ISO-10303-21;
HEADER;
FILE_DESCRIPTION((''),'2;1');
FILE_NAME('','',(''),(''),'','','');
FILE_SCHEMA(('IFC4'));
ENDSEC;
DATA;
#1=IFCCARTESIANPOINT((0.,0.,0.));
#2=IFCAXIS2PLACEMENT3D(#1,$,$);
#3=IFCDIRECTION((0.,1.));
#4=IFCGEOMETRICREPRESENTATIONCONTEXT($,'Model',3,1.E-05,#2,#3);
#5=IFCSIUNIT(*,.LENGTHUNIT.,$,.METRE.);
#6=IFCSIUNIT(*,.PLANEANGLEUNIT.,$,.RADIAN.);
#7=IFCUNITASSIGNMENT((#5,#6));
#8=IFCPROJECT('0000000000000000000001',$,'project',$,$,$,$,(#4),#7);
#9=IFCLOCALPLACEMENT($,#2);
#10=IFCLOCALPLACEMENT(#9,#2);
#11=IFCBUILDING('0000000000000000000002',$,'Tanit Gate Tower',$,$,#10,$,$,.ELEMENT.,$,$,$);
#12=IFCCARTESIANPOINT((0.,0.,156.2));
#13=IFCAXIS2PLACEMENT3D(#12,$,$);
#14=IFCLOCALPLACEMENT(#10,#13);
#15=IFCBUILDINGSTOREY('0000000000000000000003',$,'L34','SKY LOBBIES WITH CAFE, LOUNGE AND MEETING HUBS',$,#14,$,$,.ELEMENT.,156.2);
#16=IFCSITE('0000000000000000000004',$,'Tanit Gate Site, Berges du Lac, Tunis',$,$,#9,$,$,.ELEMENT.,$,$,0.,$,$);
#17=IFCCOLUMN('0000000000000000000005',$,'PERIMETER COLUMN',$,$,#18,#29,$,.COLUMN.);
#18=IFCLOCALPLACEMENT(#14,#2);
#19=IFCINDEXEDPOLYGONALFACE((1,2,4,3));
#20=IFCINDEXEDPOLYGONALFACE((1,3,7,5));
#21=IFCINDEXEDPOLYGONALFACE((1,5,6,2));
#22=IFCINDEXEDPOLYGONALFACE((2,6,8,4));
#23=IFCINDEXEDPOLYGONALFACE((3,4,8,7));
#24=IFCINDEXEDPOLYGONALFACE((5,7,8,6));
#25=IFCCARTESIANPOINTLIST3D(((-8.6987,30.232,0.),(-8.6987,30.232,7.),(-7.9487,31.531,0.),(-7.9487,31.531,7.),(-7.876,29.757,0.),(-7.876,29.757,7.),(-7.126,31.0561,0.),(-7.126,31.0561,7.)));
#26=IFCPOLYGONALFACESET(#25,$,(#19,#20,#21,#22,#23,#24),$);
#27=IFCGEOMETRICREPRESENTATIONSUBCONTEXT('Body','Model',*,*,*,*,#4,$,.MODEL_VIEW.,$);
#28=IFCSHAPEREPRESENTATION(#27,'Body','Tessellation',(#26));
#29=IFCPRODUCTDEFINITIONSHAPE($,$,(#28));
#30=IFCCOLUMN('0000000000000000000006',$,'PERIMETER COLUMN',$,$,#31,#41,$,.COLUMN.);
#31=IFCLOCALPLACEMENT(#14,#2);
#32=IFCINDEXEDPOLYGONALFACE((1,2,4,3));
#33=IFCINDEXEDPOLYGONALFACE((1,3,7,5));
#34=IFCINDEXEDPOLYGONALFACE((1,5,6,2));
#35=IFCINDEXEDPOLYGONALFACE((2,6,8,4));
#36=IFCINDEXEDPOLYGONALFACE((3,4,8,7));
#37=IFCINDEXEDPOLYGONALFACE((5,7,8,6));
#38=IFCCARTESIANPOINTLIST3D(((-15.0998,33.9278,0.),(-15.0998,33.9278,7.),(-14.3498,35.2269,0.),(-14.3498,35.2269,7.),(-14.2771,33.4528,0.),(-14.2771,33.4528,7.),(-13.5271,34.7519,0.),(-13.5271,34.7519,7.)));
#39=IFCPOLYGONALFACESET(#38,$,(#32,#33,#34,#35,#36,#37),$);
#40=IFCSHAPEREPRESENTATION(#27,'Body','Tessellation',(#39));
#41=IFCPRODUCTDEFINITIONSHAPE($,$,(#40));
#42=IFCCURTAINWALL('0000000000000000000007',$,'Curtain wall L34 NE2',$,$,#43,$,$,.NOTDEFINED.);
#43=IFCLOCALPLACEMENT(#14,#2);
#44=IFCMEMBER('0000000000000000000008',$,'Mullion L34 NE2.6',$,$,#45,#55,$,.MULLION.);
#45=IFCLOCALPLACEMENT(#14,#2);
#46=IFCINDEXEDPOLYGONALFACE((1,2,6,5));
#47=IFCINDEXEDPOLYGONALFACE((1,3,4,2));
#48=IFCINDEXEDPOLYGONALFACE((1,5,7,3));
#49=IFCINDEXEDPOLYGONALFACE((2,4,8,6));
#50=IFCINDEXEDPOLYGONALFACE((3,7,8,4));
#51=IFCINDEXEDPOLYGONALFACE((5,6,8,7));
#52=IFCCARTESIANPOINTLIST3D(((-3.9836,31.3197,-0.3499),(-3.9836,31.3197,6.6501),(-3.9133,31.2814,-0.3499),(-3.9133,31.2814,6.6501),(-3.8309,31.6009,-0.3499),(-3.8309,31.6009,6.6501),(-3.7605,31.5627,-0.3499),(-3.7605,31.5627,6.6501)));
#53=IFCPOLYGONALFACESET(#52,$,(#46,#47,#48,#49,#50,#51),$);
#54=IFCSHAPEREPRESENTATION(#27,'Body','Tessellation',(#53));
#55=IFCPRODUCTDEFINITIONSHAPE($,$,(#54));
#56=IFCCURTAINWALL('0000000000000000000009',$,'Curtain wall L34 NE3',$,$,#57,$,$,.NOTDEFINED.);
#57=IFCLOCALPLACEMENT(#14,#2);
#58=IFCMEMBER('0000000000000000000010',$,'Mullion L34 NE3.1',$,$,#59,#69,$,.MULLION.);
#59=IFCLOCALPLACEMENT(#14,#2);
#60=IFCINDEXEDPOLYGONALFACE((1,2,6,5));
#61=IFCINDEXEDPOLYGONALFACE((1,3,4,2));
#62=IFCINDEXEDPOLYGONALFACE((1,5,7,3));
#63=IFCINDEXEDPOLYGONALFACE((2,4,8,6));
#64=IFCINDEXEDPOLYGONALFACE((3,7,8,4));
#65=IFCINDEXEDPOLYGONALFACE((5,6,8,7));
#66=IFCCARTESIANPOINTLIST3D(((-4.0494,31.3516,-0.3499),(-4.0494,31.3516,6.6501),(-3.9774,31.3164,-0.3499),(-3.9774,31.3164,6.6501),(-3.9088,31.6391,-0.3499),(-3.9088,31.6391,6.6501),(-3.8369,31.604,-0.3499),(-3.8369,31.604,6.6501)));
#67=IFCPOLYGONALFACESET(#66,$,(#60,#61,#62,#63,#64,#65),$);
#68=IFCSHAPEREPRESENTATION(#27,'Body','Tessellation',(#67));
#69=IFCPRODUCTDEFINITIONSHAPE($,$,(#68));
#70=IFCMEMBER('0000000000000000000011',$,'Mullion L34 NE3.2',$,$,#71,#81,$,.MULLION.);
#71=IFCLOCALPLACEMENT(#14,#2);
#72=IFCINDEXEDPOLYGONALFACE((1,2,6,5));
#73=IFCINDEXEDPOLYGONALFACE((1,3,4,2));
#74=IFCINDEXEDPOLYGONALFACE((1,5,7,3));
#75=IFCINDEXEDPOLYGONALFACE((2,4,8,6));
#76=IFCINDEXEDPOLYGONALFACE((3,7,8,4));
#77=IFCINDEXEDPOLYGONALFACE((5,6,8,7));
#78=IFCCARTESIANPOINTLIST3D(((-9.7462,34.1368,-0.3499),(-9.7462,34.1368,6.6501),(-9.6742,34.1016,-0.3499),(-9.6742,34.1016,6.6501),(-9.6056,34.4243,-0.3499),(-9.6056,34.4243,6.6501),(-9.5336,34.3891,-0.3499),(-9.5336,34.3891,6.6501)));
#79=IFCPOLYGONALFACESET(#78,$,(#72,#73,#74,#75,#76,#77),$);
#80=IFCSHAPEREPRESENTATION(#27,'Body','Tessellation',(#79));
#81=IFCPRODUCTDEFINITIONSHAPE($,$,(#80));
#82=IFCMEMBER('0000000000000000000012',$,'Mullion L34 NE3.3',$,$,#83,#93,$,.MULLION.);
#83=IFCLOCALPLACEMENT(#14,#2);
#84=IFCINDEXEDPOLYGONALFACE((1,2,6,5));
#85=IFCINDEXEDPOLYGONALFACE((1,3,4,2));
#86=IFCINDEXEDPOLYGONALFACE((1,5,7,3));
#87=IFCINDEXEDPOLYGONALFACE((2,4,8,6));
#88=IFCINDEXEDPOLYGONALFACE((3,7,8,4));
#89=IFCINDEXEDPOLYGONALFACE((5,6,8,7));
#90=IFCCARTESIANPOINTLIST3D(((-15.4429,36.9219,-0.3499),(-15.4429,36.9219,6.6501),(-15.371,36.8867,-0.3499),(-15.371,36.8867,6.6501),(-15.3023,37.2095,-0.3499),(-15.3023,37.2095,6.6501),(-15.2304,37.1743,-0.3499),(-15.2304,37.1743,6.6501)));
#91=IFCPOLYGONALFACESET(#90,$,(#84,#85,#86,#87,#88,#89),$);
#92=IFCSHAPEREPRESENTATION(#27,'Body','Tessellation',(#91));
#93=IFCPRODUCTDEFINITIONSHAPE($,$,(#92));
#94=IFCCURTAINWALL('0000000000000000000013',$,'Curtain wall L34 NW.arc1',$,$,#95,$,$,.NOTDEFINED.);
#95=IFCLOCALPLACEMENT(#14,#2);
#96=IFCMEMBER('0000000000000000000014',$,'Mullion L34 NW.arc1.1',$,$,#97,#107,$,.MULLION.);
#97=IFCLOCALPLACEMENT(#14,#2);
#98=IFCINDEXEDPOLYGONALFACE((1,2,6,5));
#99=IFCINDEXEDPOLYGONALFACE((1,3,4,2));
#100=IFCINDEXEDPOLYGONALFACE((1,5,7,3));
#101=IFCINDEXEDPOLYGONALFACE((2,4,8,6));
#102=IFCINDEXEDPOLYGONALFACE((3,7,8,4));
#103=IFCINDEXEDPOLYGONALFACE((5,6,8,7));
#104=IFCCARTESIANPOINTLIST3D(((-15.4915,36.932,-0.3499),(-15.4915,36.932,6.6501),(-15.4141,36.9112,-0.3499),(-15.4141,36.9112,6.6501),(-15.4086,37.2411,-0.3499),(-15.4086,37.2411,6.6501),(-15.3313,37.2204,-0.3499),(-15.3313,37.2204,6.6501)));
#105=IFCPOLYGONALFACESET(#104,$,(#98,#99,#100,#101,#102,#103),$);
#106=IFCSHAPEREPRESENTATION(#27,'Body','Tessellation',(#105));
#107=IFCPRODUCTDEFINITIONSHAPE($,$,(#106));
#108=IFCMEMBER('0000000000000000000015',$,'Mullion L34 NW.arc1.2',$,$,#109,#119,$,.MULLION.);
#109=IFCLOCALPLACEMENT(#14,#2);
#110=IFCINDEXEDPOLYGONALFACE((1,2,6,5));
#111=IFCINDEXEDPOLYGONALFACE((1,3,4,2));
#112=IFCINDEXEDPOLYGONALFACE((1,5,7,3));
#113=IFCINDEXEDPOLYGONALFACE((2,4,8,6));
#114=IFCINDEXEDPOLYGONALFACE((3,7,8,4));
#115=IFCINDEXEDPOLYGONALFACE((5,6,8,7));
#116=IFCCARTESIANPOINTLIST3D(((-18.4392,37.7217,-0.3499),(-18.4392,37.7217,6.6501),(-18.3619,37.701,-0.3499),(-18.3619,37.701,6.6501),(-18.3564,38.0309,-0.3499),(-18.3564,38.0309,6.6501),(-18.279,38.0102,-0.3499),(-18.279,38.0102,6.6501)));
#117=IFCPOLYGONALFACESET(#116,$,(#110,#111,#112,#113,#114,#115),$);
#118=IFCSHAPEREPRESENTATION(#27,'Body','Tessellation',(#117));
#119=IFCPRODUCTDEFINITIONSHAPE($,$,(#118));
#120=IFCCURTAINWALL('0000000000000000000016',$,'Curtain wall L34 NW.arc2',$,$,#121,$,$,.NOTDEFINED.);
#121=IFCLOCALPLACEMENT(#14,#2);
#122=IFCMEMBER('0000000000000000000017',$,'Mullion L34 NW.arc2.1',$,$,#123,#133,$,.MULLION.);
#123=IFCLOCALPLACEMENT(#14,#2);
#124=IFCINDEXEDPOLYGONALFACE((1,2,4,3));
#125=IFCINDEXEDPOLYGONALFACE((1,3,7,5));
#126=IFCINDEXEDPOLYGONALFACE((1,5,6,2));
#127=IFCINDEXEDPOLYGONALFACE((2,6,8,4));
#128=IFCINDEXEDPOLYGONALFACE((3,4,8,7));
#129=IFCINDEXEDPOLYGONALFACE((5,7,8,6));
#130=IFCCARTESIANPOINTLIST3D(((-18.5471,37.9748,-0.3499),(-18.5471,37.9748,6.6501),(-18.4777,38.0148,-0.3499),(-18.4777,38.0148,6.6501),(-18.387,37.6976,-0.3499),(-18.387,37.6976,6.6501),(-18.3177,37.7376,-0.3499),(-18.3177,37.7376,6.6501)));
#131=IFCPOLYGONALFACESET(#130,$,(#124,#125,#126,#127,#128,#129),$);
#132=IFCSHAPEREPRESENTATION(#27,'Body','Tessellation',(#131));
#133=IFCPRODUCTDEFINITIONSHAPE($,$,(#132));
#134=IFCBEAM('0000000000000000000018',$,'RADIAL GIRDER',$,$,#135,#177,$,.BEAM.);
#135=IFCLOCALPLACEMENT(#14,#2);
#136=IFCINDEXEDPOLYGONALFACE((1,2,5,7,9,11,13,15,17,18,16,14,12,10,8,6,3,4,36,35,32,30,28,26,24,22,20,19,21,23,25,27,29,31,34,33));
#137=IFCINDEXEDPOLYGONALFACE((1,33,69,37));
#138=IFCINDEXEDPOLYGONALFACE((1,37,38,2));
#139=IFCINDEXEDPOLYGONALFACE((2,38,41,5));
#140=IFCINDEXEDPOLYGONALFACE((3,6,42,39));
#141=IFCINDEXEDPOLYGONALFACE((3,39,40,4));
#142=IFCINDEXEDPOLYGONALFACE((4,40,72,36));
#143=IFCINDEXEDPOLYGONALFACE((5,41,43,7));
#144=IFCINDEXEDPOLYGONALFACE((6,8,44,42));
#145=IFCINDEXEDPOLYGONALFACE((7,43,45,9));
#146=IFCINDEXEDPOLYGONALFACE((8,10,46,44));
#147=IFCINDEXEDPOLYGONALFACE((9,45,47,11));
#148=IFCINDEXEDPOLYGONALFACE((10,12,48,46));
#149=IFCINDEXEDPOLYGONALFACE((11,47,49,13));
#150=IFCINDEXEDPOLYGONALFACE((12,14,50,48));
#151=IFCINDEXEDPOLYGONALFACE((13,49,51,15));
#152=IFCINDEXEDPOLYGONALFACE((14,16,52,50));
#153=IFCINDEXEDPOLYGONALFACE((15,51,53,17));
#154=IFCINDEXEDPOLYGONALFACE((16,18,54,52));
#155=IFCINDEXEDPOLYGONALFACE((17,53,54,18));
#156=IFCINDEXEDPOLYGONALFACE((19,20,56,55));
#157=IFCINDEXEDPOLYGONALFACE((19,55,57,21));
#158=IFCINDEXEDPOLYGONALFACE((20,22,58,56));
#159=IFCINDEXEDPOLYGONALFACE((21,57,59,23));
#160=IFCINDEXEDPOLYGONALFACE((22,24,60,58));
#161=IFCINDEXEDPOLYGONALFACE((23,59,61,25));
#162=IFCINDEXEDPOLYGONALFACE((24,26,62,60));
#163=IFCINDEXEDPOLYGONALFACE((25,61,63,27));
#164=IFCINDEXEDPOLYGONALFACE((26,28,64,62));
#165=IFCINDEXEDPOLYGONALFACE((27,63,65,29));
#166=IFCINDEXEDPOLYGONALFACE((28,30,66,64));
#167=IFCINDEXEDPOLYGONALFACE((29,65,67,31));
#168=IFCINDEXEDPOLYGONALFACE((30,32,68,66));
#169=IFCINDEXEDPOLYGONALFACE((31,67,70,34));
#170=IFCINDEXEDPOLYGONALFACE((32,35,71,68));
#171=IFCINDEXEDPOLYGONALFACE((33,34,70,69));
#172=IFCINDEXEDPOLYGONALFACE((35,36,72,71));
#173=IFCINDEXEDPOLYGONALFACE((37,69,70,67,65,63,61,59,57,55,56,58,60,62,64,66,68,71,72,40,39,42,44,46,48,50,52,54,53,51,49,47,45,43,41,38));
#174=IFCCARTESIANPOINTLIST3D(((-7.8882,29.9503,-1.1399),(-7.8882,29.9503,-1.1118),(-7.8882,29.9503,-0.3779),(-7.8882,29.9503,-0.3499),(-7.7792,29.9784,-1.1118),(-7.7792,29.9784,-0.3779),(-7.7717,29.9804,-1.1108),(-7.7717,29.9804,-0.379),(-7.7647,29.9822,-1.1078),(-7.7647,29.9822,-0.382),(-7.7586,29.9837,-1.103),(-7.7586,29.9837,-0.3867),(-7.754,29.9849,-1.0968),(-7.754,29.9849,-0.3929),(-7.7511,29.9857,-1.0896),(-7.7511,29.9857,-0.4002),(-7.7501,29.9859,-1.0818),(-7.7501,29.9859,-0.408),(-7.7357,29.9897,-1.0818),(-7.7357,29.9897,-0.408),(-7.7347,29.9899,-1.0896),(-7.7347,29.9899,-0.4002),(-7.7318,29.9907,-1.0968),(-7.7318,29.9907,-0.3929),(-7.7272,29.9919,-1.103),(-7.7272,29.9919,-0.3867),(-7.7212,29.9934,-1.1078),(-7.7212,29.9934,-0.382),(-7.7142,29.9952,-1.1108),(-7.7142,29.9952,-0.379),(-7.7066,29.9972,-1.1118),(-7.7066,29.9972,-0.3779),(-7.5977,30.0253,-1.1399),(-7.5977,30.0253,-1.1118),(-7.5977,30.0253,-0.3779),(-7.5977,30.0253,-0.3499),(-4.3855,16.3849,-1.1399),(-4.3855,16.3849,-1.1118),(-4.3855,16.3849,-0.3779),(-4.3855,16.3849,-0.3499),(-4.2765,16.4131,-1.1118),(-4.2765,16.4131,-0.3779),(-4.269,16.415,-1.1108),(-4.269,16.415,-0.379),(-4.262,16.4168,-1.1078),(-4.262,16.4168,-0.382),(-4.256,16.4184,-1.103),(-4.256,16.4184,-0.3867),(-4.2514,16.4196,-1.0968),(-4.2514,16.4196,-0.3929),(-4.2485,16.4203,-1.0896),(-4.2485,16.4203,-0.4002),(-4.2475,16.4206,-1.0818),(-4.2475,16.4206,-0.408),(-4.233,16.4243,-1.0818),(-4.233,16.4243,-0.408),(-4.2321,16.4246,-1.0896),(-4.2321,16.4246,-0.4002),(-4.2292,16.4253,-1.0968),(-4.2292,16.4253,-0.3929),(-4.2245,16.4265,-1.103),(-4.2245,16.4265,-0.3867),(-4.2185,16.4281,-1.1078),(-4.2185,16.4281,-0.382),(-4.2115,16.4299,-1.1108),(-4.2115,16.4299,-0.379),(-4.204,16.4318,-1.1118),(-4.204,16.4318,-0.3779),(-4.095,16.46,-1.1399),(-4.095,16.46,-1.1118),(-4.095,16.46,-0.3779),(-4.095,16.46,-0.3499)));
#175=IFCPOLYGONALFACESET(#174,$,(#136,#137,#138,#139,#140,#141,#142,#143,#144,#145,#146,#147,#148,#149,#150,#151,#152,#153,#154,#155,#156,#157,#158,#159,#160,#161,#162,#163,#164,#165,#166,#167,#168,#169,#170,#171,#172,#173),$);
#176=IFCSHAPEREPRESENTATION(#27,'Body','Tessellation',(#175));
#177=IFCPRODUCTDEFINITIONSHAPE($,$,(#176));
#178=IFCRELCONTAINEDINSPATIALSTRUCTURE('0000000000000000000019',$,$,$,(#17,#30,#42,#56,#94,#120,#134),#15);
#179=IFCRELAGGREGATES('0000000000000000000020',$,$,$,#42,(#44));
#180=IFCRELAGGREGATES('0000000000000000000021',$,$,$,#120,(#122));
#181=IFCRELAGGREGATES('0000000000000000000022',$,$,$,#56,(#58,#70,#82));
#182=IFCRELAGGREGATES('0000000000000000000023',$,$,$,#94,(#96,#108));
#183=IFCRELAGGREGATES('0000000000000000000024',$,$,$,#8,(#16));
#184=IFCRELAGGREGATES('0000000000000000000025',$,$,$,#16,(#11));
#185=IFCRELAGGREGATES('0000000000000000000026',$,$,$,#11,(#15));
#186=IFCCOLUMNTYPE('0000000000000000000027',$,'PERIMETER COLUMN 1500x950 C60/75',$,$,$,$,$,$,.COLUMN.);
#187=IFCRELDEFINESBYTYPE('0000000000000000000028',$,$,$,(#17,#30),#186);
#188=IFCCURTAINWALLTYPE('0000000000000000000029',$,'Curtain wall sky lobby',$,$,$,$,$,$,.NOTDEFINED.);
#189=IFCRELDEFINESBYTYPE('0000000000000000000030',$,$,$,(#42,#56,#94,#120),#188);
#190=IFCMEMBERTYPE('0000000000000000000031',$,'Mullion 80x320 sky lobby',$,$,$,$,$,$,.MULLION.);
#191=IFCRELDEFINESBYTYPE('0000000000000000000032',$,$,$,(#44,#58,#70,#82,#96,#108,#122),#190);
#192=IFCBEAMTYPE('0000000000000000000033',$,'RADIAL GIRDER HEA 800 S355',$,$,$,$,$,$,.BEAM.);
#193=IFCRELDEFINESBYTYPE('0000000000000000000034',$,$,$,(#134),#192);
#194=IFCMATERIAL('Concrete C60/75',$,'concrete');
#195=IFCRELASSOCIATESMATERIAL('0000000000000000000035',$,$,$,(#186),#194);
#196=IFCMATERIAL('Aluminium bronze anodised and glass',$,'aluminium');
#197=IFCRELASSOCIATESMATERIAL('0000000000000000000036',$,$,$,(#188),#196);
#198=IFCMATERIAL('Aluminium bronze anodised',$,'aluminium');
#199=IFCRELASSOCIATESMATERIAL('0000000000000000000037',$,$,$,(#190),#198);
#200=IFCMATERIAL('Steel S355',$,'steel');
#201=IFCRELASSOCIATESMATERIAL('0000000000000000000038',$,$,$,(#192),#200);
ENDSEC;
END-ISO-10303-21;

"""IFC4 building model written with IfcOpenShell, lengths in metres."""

from ifc_helpers import new_model, si_unit, direction, frame, origin, origin_2d, place, context, subcontext, project, spatial, rectangle, i_section, extrude, material, material_profile, profile_set, type_object, element, aggregate, save


model = new_model("IFC4")

# Units and contexts
model_context = context("Model", 3, precision=1e-05, world=origin(), true_north=direction((0.0, 1.0)))
body_context = subcontext(model_context, "Body", "Model", "MODEL_VIEW")
ifc_project = project(units=[si_unit("LENGTHUNIT", "METRE"), si_unit("PLANEANGLEUNIT", "RADIAN")], contexts=[model_context])

# Site, building, storey
site_placement = place(None, origin())
site = spatial("IfcSite", under=ifc_project, at=site_placement, Name="Tanit Gate Site, Berges du Lac, Tunis", CompositionType="ELEMENT", RefElevation=0.0)
building_placement = place(site_placement, origin())
building = spatial("IfcBuilding", under=site, at=building_placement, Name="Tanit Gate Tower", CompositionType="ELEMENT")
storey_placement = place(building_placement, frame((0.0, 0.0, 156.2)))
storey = spatial("IfcBuildingStorey", under=building, at=storey_placement, Name="L34", Description="SKY LOBBIES WITH CAFE, LOUNGE AND MEETING HUBS", CompositionType="ELEMENT", Elevation=156.2)

# Columns
ifc_material_1 = material(Name="Concrete C60/75", Category="concrete")
ifc_material_profile_1 = material_profile(ifc_material_1, rectangle(XDim=1.5, YDim=0.95, at=origin_2d()), Name="RC 1500x950")
ifc_profile_set_1 = profile_set([ifc_material_profile_1], Name="Concrete C60/75")
column_type = type_object("IfcColumnType", Name="PERIMETER COLUMN 1500x950 C60/75", PredefinedType="COLUMN", material=ifc_profile_set_1)
for number, where, z_axis, x_axis, name in (
    (1, (-7.9124, 30.644, 0.0), (0.0, 0.0, 1.0), (0.5, 0.866025, 0.0), "PERIMETER COLUMN"),
    (2, (-14.3135, 34.3398, 0.0), (0.0, 0.0, 1.0), (0.5, 0.866025, 0.0), "PERIMETER COLUMN"),
):
    element("IfcColumn", number, at=place(storey_placement, frame(where, z_axis=z_axis, x_axis=x_axis)), inside=storey, type_object=column_type, Name=name, PredefinedType="COLUMN", context=body_context, shape_type="SweptSolid", body=[
        extrude(rectangle(XDim=1.5, YDim=0.95, at=origin_2d()), origin(), (0.0, 0.0, 1.0), 7.0),
    ])

# Curtain wall, member
ifc_material_2 = material(Name="Aluminium bronze anodised and glass", Category="aluminium")
curtain_wall_type = type_object("IfcCurtainWallType", Name="Curtain wall sky lobby", PredefinedType="NOTDEFINED", material=ifc_material_2)
curtain_wall_1_placement = place(storey_placement, origin())
curtain_wall_1 = element("IfcCurtainWall", 3, at=curtain_wall_1_placement, inside=storey, type_object=curtain_wall_type, Name="Curtain wall L34 NE2", PredefinedType="NOTDEFINED")
ifc_material_3 = material(Name="Aluminium bronze anodised", Category="aluminium")
ifc_material_profile_2 = material_profile(ifc_material_3, rectangle(XDim=0.3201, YDim=0.0801, at=origin_2d()), Name="80x320 bronze mullion")
ifc_profile_set_2 = profile_set([ifc_material_profile_2], Name="Aluminium bronze anodised")
member_type_1 = type_object("IfcMemberType", Name="Mullion 80x320 sky lobby", PredefinedType="MULLION", material=ifc_profile_set_2)
member_1_placement = place(storey_placement, frame((-3.8721, 31.4412, -0.3499), z_axis=(0.0, 0.0, 1.0), x_axis=(-0.477381, -0.878696, 0.0)))
member_1 = element("IfcMember", 4, at=member_1_placement, type_object=member_type_1, Name="Mullion L34 NE2.6", PredefinedType="MULLION", context=body_context, shape_type="SweptSolid", body=[
    extrude(rectangle(XDim=0.3201, YDim=0.0801, at=origin_2d()), origin(), (0.0, 0.0, 1.0), 7.0),
])
aggregate(curtain_wall_1, [member_1])

# Curtain walls, members
curtain_wall_2_placement = place(storey_placement, origin())
curtain_wall_2 = element("IfcCurtainWall", 5, at=curtain_wall_2_placement, inside=storey, type_object=curtain_wall_type, Name="Curtain wall L34 NE3", PredefinedType="NOTDEFINED")
member_2_placement = place(storey_placement, frame((-3.9431, 31.4778, -0.3499), z_axis=(0.0, 0.0, 1.0), x_axis=(-0.439222, -0.898379, 0.0)))
member_2 = element("IfcMember", 6, at=member_2_placement, type_object=member_type_1, Name="Mullion L34 NE3.1", PredefinedType="MULLION", context=body_context, shape_type="SweptSolid", body=[
    extrude(rectangle(XDim=0.3201, YDim=0.0801, at=origin_2d()), origin(), (0.0, 0.0, 1.0), 7.0),
])
member_3_placement = place(storey_placement, frame((-9.6399, 34.2629, -0.3499), z_axis=(0.0, 0.0, 1.0), x_axis=(-0.439222, -0.898379, 0.0)))
member_3 = element("IfcMember", 7, at=member_3_placement, type_object=member_type_1, Name="Mullion L34 NE3.2", PredefinedType="MULLION", context=body_context, shape_type="SweptSolid", body=[
    extrude(rectangle(XDim=0.3201, YDim=0.0801, at=origin_2d()), origin(), (0.0, 0.0, 1.0), 7.0),
])
member_4_placement = place(storey_placement, frame((-15.3367, 37.0481, -0.3499), z_axis=(0.0, 0.0, 1.0), x_axis=(-0.439222, -0.898379, 0.0)))
member_4 = element("IfcMember", 8, at=member_4_placement, type_object=member_type_1, Name="Mullion L34 NE3.3", PredefinedType="MULLION", context=body_context, shape_type="SweptSolid", body=[
    extrude(rectangle(XDim=0.3201, YDim=0.0801, at=origin_2d()), origin(), (0.0, 0.0, 1.0), 7.0),
])
curtain_wall_3_placement = place(storey_placement, origin())
curtain_wall_3 = element("IfcCurtainWall", 9, at=curtain_wall_3_placement, inside=storey, type_object=curtain_wall_type, Name="Curtain wall L34 NW.arc1", PredefinedType="NOTDEFINED")
member_5_placement = place(storey_placement, frame((-15.4114, 37.0762, -0.3499), z_axis=(0.0, 0.0, 1.0), x_axis=(-0.258819, -0.965926, 0.0)))
member_5 = element("IfcMember", 10, at=member_5_placement, type_object=member_type_1, Name="Mullion L34 NW.arc1.1", PredefinedType="MULLION", context=body_context, shape_type="SweptSolid", body=[
    extrude(rectangle(XDim=0.3201, YDim=0.0801, at=origin_2d()), origin(), (0.0, 0.0, 1.0), 7.0),
])
member_6_placement = place(storey_placement, frame((-18.3591, 37.866, -0.3499), z_axis=(0.0, 0.0, 1.0), x_axis=(-0.258819, -0.965926, 0.0)))
member_6 = element("IfcMember", 11, at=member_6_placement, type_object=member_type_1, Name="Mullion L34 NW.arc1.2", PredefinedType="MULLION", context=body_context, shape_type="SweptSolid", body=[
    extrude(rectangle(XDim=0.3201, YDim=0.0801, at=origin_2d()), origin(), (0.0, 0.0, 1.0), 7.0),
])

# Curtain wall, member
curtain_wall_4_placement = place(storey_placement, origin())
curtain_wall_4 = element("IfcCurtainWall", 12, at=curtain_wall_4_placement, inside=storey, type_object=curtain_wall_type, Name="Curtain wall L34 NW.arc2", PredefinedType="NOTDEFINED")
member_7_placement = place(storey_placement, frame((-18.4324, 37.8562, -0.3499), z_axis=(0.0, 0.0, 1.0), x_axis=(0.5, -0.866025, 0.0)))
member_7 = element("IfcMember", 13, at=member_7_placement, type_object=member_type_1, Name="Mullion L34 NW.arc2.1", PredefinedType="MULLION", context=body_context, shape_type="SweptSolid", body=[
    extrude(rectangle(XDim=0.3201, YDim=0.0801, at=origin_2d()), origin(), (0.0, 0.0, 1.0), 7.0),
])

# Beam
ifc_material_4 = material(Name="Steel S355", Category="steel")
ifc_material_profile_3 = material_profile(ifc_material_4, i_section(OverallWidth=0.3, OverallDepth=0.79, WebThickness=0.0149, FlangeThickness=0.0281, FilletRadius=0.03, at=origin_2d()), Name="HEA 800")
ifc_profile_set_3 = profile_set([ifc_material_profile_3], Name="Steel S355")
beam_type_1 = type_object("IfcBeamType", Name="RADIAL GIRDER HEA 800 S355", PredefinedType="BEAM", material=ifc_profile_set_3)
beam_1_placement = place(storey_placement, frame((-7.7429, 29.9878, -0.7449), z_axis=(0.250007, -0.968244, 0.0), x_axis=(0.968244, 0.250007, 0.0)))
element("IfcBeam", 14, at=beam_1_placement, inside=storey, type_object=beam_type_1, Name="RADIAL GIRDER", PredefinedType="BEAM", context=body_context, shape_type="SweptSolid", body=[
    extrude(i_section(OverallWidth=0.3, OverallDepth=0.79, WebThickness=0.0149, FlangeThickness=0.0281, FilletRadius=0.03, at=origin_2d()), origin(), (0.0, 0.0, 1.0), 14.0103),
])

aggregate(curtain_wall_4, [member_7])

aggregate(curtain_wall_2, [member_2, member_3, member_4])
aggregate(curtain_wall_3, [member_5, member_6])

save(model, "model.ifc")
